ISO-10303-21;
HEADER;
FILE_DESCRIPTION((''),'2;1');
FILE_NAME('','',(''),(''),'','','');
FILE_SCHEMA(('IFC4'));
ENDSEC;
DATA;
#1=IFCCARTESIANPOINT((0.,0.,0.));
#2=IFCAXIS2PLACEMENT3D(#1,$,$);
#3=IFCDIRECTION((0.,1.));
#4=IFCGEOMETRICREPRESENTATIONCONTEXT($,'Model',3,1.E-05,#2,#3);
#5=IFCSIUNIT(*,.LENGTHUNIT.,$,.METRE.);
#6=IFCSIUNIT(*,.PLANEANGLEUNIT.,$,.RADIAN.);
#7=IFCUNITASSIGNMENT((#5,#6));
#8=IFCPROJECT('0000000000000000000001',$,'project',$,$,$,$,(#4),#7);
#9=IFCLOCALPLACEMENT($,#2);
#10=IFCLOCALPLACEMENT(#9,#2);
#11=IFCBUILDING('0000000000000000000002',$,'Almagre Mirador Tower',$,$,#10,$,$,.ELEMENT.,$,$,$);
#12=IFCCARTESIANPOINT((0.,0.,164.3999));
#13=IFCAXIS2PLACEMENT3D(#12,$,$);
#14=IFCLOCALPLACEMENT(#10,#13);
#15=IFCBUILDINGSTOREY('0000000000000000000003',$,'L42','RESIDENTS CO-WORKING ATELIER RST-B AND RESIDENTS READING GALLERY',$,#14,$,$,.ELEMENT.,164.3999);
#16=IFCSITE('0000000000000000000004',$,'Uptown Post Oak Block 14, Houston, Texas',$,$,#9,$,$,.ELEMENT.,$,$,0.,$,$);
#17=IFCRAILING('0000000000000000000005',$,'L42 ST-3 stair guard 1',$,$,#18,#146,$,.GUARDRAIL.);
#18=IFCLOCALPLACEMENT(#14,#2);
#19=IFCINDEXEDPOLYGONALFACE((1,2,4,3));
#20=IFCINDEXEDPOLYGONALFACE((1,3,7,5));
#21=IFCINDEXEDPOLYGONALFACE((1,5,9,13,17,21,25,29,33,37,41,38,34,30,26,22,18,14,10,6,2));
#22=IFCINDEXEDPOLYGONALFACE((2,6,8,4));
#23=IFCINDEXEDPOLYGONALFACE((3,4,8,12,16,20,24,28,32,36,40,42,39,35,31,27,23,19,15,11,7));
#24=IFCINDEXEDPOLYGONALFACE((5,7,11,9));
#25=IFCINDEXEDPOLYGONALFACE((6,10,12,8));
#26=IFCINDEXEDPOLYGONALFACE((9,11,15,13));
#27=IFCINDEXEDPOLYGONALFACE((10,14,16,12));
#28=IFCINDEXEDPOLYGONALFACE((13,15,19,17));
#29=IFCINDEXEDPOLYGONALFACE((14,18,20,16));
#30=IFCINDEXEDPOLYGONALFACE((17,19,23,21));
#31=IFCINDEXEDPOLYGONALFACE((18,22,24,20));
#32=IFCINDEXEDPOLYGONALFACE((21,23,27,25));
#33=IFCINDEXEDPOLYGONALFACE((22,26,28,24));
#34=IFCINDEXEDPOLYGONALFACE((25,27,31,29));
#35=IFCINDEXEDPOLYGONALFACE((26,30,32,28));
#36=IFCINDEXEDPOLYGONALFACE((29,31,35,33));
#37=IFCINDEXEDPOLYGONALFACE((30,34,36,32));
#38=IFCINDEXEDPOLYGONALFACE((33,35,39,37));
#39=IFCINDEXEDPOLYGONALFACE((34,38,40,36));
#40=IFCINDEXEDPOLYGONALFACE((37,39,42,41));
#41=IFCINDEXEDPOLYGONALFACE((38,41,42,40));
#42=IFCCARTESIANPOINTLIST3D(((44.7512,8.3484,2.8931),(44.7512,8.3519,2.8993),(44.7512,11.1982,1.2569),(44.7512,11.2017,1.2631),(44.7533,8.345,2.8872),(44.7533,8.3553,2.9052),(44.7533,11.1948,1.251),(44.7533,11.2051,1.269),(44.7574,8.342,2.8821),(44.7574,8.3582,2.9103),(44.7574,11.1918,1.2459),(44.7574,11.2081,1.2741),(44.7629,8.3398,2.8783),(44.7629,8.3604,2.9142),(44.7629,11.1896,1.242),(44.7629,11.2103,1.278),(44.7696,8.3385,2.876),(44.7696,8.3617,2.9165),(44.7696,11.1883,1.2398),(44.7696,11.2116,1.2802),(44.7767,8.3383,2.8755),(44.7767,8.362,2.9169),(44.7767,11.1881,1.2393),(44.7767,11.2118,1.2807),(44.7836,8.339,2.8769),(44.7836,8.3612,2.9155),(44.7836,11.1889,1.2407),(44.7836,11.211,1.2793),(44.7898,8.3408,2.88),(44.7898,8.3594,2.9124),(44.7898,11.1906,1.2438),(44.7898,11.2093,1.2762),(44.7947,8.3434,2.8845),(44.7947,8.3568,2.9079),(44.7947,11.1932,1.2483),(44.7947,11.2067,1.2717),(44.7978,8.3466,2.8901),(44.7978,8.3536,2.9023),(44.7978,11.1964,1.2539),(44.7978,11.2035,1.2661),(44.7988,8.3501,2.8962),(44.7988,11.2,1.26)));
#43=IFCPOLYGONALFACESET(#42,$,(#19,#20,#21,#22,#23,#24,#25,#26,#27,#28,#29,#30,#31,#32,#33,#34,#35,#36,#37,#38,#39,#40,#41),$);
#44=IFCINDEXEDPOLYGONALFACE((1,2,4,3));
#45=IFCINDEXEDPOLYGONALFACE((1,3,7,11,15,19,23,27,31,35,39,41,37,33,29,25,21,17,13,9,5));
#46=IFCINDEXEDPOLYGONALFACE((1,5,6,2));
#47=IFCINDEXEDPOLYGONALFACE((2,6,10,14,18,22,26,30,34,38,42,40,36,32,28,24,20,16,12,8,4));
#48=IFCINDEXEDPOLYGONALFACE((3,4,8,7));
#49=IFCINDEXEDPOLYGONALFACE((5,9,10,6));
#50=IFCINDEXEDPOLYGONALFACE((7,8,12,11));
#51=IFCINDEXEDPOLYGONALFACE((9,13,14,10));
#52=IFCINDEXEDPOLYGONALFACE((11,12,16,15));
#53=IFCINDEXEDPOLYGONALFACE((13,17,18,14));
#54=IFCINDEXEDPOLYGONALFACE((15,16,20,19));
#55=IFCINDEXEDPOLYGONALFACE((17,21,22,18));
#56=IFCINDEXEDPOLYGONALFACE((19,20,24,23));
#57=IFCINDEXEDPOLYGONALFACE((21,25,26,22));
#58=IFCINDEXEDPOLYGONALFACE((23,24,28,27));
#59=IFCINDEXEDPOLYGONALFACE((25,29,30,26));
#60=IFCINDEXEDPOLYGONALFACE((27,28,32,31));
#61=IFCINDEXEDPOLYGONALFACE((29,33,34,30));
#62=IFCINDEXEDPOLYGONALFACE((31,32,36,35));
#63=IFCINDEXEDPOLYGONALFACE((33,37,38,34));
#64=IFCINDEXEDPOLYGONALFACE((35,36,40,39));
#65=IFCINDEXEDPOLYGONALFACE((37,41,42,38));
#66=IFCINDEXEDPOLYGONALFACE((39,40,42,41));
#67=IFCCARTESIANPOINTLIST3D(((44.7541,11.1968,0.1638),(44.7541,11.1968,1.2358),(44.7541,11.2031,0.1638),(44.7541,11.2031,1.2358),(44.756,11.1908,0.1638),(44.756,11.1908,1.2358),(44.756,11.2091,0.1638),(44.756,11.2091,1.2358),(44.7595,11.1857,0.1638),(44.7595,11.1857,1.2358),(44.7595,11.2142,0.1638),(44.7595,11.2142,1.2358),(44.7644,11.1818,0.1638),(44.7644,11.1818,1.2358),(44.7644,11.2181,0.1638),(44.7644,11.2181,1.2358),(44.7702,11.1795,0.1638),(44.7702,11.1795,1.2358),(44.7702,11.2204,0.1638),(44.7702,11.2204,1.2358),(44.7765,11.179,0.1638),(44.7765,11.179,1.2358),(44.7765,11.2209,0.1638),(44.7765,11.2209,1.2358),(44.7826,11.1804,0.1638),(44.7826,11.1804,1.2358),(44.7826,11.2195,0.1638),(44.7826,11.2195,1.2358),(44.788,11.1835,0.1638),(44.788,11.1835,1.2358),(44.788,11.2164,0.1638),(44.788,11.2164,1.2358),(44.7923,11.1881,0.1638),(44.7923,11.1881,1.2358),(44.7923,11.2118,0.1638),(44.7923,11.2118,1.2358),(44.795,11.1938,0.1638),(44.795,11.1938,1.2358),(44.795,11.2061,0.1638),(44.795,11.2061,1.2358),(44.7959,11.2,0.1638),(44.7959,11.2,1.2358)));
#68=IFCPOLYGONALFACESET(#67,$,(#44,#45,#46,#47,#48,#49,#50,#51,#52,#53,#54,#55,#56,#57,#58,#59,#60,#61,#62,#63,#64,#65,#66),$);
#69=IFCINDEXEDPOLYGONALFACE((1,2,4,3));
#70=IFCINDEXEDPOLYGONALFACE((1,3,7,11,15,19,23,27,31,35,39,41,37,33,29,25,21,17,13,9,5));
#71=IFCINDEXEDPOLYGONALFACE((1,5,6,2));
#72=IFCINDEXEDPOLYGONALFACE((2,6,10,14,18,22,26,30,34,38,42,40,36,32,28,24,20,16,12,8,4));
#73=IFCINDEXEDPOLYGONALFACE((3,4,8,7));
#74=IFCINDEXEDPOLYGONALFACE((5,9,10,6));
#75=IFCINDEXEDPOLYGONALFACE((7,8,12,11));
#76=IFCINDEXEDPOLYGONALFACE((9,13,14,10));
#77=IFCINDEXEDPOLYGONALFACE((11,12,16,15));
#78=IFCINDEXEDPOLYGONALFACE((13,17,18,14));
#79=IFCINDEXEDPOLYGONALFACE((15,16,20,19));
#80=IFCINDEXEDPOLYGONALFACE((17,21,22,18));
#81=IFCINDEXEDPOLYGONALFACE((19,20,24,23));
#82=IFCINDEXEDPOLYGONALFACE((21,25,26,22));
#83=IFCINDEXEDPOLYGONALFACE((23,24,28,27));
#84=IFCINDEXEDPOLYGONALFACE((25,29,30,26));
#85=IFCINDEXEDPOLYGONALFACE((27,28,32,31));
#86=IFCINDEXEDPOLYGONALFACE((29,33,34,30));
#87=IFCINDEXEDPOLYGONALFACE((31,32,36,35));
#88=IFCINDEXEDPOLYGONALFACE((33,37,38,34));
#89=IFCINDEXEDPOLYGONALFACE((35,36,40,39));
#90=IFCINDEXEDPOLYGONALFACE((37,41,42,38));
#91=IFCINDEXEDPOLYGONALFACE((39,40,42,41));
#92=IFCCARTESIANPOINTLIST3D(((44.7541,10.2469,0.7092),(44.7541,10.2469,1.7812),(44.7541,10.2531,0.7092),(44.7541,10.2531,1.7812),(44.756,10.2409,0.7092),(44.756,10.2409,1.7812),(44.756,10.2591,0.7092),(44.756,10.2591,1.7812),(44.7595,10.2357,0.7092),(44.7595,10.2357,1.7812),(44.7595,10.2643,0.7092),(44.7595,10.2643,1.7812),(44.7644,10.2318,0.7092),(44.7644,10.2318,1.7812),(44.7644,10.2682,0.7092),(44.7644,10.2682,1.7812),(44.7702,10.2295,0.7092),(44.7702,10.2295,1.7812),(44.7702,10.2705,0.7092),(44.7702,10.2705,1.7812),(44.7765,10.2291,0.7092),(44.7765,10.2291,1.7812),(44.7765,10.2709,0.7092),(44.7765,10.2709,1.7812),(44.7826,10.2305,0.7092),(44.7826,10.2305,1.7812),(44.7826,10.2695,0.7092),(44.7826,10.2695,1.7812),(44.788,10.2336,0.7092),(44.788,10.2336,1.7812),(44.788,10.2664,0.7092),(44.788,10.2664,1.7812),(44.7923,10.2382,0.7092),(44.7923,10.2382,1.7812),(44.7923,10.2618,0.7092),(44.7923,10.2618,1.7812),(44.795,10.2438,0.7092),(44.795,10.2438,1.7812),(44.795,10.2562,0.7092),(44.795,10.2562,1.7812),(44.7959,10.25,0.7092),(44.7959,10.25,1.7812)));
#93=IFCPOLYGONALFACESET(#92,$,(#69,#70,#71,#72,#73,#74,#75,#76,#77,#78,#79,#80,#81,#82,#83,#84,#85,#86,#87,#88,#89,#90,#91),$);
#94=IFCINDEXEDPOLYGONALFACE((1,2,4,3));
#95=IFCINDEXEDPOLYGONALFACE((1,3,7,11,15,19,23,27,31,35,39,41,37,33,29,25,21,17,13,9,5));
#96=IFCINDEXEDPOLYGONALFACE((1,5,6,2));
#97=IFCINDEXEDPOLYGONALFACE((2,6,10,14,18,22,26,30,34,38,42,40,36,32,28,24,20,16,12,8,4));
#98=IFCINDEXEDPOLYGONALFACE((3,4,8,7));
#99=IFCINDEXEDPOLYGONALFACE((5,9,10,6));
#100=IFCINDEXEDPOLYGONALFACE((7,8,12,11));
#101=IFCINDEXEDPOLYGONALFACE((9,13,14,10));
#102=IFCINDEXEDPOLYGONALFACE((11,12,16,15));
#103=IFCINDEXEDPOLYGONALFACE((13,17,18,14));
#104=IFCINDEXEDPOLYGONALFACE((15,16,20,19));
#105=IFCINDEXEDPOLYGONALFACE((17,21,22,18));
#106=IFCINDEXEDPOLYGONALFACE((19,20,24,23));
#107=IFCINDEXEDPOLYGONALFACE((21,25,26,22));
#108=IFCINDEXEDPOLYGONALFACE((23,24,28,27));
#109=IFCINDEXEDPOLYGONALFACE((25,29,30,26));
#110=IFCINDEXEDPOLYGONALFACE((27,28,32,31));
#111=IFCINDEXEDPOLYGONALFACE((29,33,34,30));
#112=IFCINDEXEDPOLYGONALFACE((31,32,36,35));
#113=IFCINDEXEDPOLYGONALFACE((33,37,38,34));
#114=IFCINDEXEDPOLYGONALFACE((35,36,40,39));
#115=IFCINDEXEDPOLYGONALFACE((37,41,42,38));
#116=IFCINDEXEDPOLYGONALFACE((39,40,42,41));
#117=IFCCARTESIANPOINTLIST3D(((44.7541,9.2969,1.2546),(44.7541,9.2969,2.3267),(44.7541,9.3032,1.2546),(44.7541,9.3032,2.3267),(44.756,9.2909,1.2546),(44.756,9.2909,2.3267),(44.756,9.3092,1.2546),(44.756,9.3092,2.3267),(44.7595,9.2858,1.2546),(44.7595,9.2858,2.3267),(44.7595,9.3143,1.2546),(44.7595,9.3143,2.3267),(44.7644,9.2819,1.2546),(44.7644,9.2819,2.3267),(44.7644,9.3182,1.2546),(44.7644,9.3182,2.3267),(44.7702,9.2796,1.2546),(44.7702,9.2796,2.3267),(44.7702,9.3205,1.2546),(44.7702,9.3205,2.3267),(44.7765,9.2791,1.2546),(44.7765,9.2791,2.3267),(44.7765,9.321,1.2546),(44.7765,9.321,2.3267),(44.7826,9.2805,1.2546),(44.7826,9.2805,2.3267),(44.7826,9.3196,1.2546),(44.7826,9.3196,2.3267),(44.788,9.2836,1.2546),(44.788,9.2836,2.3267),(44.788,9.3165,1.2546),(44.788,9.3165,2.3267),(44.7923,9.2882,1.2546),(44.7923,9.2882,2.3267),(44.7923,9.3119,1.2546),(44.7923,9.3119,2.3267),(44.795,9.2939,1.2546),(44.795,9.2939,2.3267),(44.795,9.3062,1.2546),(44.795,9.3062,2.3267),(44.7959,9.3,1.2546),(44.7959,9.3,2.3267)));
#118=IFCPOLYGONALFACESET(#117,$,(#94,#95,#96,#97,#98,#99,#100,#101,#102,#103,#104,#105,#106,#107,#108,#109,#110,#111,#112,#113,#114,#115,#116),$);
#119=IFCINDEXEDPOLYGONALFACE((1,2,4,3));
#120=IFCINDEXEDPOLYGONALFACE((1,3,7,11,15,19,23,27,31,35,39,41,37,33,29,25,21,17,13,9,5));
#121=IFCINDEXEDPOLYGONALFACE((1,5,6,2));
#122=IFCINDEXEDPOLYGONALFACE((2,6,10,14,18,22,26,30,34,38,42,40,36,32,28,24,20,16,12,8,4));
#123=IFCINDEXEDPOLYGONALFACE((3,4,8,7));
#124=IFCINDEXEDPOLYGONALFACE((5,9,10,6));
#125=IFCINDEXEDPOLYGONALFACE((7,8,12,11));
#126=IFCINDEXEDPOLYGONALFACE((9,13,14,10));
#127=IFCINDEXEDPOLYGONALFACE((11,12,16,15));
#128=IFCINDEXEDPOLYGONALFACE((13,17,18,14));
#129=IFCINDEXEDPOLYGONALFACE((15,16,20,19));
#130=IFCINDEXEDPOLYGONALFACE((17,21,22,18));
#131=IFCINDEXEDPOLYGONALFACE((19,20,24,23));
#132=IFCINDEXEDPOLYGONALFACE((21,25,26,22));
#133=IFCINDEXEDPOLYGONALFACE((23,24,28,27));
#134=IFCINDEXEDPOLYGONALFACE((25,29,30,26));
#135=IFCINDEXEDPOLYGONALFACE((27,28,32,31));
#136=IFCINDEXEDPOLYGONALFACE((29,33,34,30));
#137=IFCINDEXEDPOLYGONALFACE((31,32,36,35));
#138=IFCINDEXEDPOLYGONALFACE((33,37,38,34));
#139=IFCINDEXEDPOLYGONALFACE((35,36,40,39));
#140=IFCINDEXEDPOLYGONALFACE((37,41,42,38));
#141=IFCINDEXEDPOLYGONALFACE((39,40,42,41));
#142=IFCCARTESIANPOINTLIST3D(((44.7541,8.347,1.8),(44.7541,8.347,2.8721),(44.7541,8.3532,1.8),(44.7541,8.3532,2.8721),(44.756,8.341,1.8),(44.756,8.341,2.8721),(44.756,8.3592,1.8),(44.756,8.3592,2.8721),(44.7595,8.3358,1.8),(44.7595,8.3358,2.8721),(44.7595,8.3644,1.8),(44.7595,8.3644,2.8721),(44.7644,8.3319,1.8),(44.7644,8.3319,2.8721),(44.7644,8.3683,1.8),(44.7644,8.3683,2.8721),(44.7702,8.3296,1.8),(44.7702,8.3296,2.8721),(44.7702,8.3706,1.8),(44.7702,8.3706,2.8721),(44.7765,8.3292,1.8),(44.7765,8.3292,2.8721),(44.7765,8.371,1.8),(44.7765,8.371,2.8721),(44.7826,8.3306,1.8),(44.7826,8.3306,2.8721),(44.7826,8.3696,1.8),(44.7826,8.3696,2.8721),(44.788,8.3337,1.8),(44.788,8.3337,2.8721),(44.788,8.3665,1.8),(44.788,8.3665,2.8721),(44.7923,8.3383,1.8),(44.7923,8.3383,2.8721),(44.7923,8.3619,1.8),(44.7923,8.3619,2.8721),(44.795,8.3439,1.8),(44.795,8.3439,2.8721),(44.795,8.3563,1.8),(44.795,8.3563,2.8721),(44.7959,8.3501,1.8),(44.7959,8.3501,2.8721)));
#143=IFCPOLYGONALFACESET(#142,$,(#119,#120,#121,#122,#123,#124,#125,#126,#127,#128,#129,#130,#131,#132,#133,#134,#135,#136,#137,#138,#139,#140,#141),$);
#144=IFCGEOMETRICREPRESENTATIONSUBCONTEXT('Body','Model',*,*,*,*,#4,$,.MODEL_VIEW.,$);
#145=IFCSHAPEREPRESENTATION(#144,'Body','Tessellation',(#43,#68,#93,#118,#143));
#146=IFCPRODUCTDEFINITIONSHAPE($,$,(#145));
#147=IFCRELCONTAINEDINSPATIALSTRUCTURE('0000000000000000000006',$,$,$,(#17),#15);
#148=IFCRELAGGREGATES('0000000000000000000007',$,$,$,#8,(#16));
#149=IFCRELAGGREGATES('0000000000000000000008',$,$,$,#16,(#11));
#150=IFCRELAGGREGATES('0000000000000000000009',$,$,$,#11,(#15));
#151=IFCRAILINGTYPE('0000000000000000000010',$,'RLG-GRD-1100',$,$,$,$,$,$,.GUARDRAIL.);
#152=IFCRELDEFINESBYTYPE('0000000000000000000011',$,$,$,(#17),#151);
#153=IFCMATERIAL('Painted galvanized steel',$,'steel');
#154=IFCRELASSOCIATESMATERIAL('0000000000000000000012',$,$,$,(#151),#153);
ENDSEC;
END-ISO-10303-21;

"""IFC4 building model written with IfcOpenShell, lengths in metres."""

from ifc_helpers import new_model, si_unit, direction, frame, origin, origin_2d, place, context, subcontext, project, spatial, circle, extrude, material, type_object, element, save


model = new_model("IFC4")

# Units and contexts
model_context = context("Model", 3, precision=1e-05, world=origin(), true_north=direction((0.0, 1.0)))
body_context = subcontext(model_context, "Body", "Model", "MODEL_VIEW")
ifc_project = project(units=[si_unit("LENGTHUNIT", "METRE"), si_unit("PLANEANGLEUNIT", "RADIAN")], contexts=[model_context])

# Site, building, storey
site_placement = place(None, origin())
site = spatial("IfcSite", under=ifc_project, at=site_placement, Name="Uptown Post Oak Block 14, Houston, Texas", CompositionType="ELEMENT", RefElevation=0.0)
building_placement = place(site_placement, origin())
building = spatial("IfcBuilding", under=site, at=building_placement, Name="Almagre Mirador Tower", CompositionType="ELEMENT")
storey_placement = place(building_placement, frame((0.0, 0.0, 164.3999)))
storey = spatial("IfcBuildingStorey", under=building, at=storey_placement, Name="L42", Description="RESIDENTS CO-WORKING ATELIER RST-B AND RESIDENTS READING GALLERY", CompositionType="ELEMENT", Elevation=164.3999)

# Railing
ifc_material_1 = material(Name="Painted galvanized steel", Category="steel")
railing_type_1 = type_object("IfcRailingType", Name="RLG-GRD-1100", PredefinedType="GUARDRAIL", material=ifc_material_1)
railing_1_placement = place(storey_placement, frame((44.7749, 11.2, 0.1638)))
element("IfcRailing", 1, at=railing_1_placement, inside=storey, type_object=railing_type_1, Name="L42 ST-3 stair guard 1", PredefinedType="GUARDRAIL", context=body_context, shape_type="SweptSolid", body=[
    extrude(circle(Radius=0.0239, at=origin_2d()), frame((0.0, 0.0, 1.0962), z_axis=(0.0, -0.867226, 0.497914), x_axis=(1.0, 0.0, 0.0)), (0.0, 0.0, 1.0), 3.2861),
    extrude(circle(Radius=0.021, at=origin_2d()), origin(), (0.0, 0.0, 1.0), 1.072),
    extrude(circle(Radius=0.021, at=origin_2d()), frame((0.0, -0.95, 0.5454)), (0.0, 0.0, 1.0), 1.072),
    extrude(circle(Radius=0.021, at=origin_2d()), frame((0.0, -1.8999, 1.0908)), (0.0, 0.0, 1.0), 1.072),
    extrude(circle(Radius=0.021, at=origin_2d()), frame((0.0, -2.8499, 1.6362)), (0.0, 0.0, 1.0), 1.072),
])

save(model, "model.ifc")
